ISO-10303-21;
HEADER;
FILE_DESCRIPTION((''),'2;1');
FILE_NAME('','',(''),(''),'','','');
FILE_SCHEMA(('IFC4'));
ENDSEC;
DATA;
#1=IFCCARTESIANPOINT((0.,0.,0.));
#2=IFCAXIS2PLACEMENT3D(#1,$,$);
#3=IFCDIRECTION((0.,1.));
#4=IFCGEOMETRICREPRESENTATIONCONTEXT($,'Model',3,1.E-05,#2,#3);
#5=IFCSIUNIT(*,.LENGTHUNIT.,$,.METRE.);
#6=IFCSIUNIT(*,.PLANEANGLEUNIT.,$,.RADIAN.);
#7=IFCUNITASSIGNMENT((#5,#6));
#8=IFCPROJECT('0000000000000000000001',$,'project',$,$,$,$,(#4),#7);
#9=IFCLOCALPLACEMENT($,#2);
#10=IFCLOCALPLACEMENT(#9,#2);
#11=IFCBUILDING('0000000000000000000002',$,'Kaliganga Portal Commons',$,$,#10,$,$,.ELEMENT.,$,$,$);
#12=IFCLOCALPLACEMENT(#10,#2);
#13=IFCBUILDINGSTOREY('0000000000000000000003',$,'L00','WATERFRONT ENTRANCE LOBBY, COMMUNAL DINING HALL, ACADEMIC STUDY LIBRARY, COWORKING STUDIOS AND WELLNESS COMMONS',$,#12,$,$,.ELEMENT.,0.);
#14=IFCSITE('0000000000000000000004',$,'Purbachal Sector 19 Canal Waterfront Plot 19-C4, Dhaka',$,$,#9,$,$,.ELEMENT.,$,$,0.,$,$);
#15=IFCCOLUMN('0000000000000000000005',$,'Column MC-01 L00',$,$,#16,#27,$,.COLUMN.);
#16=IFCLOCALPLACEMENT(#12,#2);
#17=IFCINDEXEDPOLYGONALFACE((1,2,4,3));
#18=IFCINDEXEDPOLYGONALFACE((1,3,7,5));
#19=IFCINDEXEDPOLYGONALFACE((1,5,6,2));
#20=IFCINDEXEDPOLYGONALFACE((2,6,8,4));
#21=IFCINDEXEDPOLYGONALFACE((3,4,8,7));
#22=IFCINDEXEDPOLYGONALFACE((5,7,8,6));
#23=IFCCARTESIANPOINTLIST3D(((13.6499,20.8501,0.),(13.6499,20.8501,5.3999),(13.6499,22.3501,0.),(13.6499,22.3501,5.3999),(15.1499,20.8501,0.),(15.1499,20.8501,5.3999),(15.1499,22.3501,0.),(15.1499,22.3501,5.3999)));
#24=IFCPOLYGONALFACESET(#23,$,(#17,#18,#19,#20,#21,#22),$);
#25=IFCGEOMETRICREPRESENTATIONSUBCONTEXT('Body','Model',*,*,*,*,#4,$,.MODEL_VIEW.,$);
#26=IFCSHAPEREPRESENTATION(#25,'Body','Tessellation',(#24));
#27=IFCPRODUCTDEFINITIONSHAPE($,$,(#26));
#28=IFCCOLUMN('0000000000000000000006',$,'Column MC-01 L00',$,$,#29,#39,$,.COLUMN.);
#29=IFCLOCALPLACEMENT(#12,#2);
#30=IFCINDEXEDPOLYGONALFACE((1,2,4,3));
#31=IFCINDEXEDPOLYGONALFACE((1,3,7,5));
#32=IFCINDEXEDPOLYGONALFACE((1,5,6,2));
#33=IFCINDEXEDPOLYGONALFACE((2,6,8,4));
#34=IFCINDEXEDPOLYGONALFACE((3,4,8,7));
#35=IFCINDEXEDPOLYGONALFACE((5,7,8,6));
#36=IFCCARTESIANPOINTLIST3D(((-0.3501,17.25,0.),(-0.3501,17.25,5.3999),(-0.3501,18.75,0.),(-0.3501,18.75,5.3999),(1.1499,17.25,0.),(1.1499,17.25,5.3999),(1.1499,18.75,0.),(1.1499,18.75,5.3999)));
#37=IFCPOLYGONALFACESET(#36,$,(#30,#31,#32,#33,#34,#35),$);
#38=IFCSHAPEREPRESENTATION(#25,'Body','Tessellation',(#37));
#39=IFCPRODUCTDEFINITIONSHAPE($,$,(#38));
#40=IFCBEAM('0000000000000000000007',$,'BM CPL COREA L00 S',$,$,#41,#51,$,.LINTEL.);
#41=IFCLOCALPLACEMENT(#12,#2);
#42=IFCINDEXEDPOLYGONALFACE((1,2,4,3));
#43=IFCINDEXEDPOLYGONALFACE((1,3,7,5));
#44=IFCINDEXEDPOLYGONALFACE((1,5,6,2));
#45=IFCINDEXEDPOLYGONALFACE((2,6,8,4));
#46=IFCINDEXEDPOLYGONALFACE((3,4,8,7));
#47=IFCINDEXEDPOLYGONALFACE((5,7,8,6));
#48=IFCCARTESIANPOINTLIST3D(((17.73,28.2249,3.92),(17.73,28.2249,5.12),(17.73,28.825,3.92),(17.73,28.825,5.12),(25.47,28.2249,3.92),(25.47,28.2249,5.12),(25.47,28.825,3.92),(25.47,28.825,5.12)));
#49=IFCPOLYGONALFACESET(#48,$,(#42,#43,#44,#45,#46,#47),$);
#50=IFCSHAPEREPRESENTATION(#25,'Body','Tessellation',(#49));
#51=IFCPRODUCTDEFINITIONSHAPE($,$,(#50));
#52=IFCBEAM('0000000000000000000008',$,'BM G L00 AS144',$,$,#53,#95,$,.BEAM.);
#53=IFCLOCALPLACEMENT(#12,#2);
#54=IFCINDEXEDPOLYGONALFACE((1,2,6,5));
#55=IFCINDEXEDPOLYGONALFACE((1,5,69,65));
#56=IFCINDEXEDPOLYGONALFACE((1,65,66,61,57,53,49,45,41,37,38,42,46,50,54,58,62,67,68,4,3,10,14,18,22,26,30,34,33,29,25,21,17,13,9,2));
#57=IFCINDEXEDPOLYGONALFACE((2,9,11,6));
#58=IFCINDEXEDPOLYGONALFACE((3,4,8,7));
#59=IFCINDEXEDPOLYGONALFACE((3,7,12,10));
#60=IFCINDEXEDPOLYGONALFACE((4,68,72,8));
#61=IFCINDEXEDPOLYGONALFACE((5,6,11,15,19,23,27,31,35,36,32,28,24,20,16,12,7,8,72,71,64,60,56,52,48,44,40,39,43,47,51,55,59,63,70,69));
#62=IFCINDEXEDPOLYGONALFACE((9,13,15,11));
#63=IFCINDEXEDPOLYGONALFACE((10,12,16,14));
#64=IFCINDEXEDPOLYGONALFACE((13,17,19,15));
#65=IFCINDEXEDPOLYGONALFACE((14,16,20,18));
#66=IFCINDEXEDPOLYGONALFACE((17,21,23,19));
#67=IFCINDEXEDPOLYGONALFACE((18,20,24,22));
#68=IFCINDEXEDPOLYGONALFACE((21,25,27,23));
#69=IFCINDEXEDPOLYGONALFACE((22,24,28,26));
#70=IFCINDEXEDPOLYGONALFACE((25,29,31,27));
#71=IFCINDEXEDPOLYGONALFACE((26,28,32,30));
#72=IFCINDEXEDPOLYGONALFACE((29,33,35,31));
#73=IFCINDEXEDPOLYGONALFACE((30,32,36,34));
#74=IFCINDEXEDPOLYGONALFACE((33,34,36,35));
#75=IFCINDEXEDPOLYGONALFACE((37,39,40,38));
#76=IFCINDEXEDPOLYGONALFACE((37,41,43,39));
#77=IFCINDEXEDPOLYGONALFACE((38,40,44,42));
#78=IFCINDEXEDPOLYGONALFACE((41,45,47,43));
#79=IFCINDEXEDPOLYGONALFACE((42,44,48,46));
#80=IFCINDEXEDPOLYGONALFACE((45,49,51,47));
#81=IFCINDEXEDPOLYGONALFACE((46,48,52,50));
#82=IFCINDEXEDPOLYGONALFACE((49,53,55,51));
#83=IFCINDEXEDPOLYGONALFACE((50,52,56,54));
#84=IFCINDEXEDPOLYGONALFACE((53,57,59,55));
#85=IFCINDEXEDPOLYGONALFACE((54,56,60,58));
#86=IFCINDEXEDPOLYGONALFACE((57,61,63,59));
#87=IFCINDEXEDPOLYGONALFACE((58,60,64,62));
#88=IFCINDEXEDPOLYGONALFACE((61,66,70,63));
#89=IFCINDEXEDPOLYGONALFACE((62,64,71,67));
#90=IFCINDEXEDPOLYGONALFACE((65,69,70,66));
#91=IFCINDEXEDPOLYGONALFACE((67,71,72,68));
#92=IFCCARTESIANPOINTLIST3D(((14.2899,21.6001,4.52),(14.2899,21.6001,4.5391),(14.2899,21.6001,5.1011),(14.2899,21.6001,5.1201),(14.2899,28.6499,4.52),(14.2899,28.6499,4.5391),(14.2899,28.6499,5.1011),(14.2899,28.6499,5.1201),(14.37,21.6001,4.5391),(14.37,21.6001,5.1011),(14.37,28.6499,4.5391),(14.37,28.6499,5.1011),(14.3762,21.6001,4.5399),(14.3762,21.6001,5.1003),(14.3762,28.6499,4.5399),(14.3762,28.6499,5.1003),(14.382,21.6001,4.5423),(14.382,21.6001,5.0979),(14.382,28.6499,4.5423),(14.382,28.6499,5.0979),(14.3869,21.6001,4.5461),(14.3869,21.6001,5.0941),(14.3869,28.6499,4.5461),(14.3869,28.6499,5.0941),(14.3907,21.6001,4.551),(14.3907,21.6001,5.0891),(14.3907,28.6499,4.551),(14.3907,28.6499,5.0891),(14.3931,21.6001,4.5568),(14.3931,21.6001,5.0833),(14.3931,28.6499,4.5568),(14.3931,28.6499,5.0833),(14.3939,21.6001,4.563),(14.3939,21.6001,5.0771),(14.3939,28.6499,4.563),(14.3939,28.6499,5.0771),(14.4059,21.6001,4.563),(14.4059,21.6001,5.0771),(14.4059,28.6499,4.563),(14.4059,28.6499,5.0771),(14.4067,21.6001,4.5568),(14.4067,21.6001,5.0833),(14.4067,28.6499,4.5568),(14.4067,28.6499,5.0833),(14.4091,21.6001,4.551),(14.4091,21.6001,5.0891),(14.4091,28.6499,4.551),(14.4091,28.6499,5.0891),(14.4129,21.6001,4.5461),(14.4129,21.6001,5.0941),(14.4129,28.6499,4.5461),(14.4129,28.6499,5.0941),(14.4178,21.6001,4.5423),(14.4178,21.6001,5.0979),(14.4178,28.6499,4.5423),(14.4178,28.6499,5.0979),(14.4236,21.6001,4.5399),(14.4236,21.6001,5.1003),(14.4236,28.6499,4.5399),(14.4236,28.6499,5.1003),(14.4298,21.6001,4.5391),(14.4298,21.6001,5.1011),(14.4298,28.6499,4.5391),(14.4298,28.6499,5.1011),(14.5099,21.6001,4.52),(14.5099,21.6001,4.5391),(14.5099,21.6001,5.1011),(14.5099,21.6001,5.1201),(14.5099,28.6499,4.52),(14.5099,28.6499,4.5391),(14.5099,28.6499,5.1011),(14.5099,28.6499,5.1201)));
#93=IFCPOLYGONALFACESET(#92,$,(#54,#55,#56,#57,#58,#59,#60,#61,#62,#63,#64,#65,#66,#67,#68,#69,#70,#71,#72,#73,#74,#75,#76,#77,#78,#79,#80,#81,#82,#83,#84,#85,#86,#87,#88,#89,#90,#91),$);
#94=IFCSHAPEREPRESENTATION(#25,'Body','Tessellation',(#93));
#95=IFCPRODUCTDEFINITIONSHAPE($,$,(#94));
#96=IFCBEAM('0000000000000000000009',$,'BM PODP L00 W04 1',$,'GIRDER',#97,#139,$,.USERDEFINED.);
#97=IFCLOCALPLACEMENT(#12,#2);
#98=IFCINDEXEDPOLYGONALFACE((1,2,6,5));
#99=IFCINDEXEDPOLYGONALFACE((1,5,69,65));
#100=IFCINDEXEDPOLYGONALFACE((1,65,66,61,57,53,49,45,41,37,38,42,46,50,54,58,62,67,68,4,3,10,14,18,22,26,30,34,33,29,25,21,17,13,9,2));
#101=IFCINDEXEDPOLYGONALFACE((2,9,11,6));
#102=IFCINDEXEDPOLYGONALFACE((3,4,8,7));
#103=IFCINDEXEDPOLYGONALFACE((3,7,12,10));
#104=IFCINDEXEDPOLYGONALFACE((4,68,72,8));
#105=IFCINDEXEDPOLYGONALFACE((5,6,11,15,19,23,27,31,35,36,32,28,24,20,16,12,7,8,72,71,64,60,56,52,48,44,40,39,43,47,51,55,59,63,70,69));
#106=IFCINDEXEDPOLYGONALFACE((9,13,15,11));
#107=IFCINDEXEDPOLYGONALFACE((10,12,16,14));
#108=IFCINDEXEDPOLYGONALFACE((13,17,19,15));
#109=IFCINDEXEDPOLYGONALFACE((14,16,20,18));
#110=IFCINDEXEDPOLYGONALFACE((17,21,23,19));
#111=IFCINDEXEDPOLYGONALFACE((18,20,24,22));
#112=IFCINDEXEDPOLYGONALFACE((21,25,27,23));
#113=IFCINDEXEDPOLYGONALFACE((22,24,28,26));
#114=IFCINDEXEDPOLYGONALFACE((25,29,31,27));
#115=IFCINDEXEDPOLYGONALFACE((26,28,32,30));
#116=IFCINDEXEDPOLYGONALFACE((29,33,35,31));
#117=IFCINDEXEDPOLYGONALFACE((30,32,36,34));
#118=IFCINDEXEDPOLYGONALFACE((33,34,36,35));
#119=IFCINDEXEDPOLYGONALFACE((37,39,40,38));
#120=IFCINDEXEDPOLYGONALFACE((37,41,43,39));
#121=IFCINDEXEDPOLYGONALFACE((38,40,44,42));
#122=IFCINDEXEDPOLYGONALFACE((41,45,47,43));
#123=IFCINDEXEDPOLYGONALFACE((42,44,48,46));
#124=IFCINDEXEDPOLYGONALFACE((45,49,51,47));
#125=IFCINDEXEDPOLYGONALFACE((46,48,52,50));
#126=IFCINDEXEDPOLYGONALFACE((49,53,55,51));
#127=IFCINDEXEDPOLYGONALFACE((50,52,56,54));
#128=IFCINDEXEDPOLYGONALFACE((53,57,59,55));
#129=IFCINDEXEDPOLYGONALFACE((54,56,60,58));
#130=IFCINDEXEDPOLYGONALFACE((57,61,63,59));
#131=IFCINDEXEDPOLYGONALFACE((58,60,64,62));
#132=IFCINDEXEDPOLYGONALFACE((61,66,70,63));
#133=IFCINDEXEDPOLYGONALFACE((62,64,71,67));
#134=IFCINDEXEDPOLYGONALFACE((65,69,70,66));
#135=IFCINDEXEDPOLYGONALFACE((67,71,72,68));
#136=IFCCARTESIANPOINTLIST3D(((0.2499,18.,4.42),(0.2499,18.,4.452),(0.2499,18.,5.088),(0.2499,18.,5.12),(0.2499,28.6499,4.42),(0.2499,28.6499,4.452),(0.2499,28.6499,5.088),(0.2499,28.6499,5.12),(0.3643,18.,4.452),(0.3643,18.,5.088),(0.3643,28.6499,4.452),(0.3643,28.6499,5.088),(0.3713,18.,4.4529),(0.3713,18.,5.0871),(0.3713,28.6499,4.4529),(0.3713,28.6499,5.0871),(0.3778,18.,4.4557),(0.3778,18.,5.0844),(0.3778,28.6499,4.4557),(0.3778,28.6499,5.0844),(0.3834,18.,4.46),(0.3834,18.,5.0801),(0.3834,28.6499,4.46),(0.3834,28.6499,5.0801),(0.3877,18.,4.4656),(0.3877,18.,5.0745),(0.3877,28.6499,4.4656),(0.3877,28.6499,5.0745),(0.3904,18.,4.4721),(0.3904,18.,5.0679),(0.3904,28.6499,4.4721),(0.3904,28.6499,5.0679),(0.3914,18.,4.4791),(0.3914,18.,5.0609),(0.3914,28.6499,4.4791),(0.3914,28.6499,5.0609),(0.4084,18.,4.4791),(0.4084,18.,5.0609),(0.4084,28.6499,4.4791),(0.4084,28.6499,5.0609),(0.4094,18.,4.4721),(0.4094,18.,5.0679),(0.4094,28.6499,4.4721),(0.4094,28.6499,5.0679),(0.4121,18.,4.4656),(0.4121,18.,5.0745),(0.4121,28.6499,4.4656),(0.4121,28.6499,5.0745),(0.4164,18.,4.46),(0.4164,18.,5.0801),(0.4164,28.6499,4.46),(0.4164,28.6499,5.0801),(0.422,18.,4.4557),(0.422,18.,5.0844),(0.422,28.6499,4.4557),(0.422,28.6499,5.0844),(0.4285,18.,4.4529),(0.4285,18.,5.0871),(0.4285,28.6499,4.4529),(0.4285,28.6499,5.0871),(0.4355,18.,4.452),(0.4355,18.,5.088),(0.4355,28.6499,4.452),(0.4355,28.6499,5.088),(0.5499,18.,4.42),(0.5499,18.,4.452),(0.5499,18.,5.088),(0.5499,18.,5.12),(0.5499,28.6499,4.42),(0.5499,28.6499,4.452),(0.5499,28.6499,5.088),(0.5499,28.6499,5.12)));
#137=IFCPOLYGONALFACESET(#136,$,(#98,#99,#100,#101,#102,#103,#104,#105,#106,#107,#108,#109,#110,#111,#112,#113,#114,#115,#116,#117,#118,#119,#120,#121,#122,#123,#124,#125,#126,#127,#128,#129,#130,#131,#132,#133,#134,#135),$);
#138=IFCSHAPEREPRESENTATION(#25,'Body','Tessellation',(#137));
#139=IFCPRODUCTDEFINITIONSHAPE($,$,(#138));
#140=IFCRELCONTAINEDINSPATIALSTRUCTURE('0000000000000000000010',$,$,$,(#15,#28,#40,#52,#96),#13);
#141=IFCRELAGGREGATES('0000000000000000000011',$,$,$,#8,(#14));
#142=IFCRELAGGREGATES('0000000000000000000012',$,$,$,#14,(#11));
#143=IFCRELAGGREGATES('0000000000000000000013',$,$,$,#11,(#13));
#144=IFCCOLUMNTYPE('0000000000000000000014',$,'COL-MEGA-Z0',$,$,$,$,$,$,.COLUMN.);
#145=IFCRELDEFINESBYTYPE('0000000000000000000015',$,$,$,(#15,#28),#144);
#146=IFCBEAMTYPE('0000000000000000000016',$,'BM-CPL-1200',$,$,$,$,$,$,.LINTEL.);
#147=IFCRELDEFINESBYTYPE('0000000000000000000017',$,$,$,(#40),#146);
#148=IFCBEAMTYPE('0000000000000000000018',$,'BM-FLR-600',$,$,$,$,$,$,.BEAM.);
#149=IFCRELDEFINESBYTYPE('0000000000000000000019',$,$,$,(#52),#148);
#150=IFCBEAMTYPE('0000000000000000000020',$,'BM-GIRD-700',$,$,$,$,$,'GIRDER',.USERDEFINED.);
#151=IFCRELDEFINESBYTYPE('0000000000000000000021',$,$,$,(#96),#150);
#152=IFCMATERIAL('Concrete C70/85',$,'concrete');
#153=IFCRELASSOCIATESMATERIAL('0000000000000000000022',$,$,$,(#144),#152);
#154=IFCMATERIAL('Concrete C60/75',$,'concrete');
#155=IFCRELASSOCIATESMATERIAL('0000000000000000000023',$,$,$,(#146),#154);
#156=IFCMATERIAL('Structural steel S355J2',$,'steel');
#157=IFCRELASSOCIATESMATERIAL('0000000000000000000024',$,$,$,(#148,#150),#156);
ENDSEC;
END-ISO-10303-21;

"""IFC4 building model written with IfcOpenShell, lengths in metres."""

from ifc_helpers import new_model, si_unit, direction, frame, origin, origin_2d, place, context, subcontext, project, spatial, rectangle, i_section, extrude, source, transform, mapped, material, material_profile, profile_set, type_object, element, save


model = new_model("IFC4")

# Units and contexts
model_context = context("Model", 3, precision=1e-05, world=origin(), true_north=direction((0.0, 1.0)))
body_context = subcontext(model_context, "Body", "Model", "MODEL_VIEW")
ifc_project = project(units=[si_unit("LENGTHUNIT", "METRE"), si_unit("PLANEANGLEUNIT", "RADIAN")], contexts=[model_context])

# Site, building, storey
site_placement = place(None, origin())
site = spatial("IfcSite", under=ifc_project, at=site_placement, Name="Purbachal Sector 19 Canal Waterfront Plot 19-C4, Dhaka", CompositionType="ELEMENT", RefElevation=0.0)
building_placement = place(site_placement, origin())
building = spatial("IfcBuilding", under=site, at=building_placement, Name="Kaliganga Portal Commons", CompositionType="ELEMENT")
storey_placement = place(building_placement, origin())
storey = spatial("IfcBuildingStorey", under=building, at=storey_placement, Name="L00", Description="WATERFRONT ENTRANCE LOBBY, COMMUNAL DINING HALL, ACADEMIC STUDY LIBRARY, COWORKING STUDIOS AND WELLNESS COMMONS", CompositionType="ELEMENT", Elevation=0.0)

# Columns
ifc_material_1 = material(Name="Concrete C70/85", Category="concrete")
ifc_material_profile_1 = material_profile(ifc_material_1, rectangle(XDim=1.5, YDim=1.5, at=origin_2d()), Name="RC 1500x1500")
ifc_profile_set_1 = profile_set([ifc_material_profile_1], Name="Concrete C70/85")
column_type = type_object("IfcColumnType", Name="COL-MEGA-Z0", PredefinedType="COLUMN", material=ifc_profile_set_1)
shared_shape_1 = source(origin(), body_context, "Body", "SweptSolid", [
    extrude(rectangle(XDim=1.5, YDim=1.5, at=origin_2d()), origin(), (0.0, 0.0, 1.0), 5.3999),
])
for number, where, z_axis, x_axis, name in (
    (1, (14.3999, 21.6001, 0.0), (0.0, 0.0, 1.0), (1.0, 0.0, 0.0), "Column MC-01 L00"),
    (2, (0.3999, 18.0, 0.0), (0.0, 0.0, 1.0), (1.0, 0.0, 0.0), "Column MC-01 L00"),
):
    element("IfcColumn", number, at=place(storey_placement, frame(where, z_axis=z_axis, x_axis=x_axis)), inside=storey, type_object=column_type, Name=name, PredefinedType="COLUMN", context=body_context, shape_type="MappedRepresentation", body=[
        mapped(shared_shape_1, transform((0.0, 0.0, 0.0), x_axis=(1.0, 0.0, 0.0), y_axis=(0.0, 1.0, 0.0), z_axis=(0.0, 0.0, 1.0), scale=1.0)),
    ])

# Beams
ifc_material_2 = material(Name="Concrete C60/75", Category="concrete")
ifc_material_profile_2 = material_profile(ifc_material_2, rectangle(XDim=0.6001, YDim=1.2, at=origin_2d()), Name="RC 600x1200")
ifc_profile_set_2 = profile_set([ifc_material_profile_2], Name="Concrete C60/75")
beam_type_1 = type_object("IfcBeamType", Name="BM-CPL-1200", PredefinedType="LINTEL", material=ifc_profile_set_2)
shared_shape_2 = source(origin(), body_context, "Body", "SweptSolid", [
    extrude(rectangle(XDim=0.6001, YDim=1.2, at=origin_2d()), origin(), (0.0, 0.0, 1.0), 7.74),
])
beam_1_placement = place(storey_placement, frame((17.73, 28.5249, 4.52), z_axis=(1.0, 0.0, 0.0), x_axis=(0.0, 1.0, 0.0)))
element("IfcBeam", 3, at=beam_1_placement, inside=storey, type_object=beam_type_1, Name="BM CPL COREA L00 S", PredefinedType="LINTEL", context=body_context, shape_type="MappedRepresentation", body=[
    mapped(shared_shape_2, transform((0.0, 0.0, 0.0), x_axis=(1.0, 0.0, 0.0), y_axis=(0.0, 1.0, 0.0), z_axis=(0.0, 0.0, 1.0), scale=1.0)),
])
ifc_material_3 = material(Name="Structural steel S355J2", Category="steel")
ifc_material_profile_3 = material_profile(ifc_material_3, i_section(OverallWidth=0.22, OverallDepth=0.6001, WebThickness=0.012, FlangeThickness=0.019, FilletRadius=0.0239, at=origin_2d()), Name="IPE 600")
ifc_profile_set_3 = profile_set([ifc_material_profile_3], Name="Structural steel S355J2 wide-flange")
beam_type_2 = type_object("IfcBeamType", Name="BM-FLR-600", PredefinedType="BEAM", material=ifc_profile_set_3)
shared_shape_3 = source(origin(), body_context, "Body", "SweptSolid", [
    extrude(i_section(OverallWidth=0.22, OverallDepth=0.6001, WebThickness=0.012, FlangeThickness=0.019, FilletRadius=0.0239, at=origin_2d()), origin(), (0.0, 0.0, 1.0), 7.0498),
])
beam_2_placement = place(storey_placement, frame((14.3999, 21.6001, 4.8201), z_axis=(0.0, 1.0, 0.0), x_axis=(-1.0, 0.0, 0.0)))
element("IfcBeam", 4, at=beam_2_placement, inside=storey, type_object=beam_type_2, Name="BM G L00 AS144", PredefinedType="BEAM", context=body_context, shape_type="MappedRepresentation", body=[
    mapped(shared_shape_3, transform((0.0, 0.0, 0.0), x_axis=(1.0, 0.0, 0.0), y_axis=(0.0, 1.0, 0.0), z_axis=(0.0, 0.0, 1.0), scale=1.0)),
])
ifc_material_profile_4 = material_profile(ifc_material_3, i_section(OverallWidth=0.3, OverallDepth=0.7, WebThickness=0.0171, FlangeThickness=0.032, FilletRadius=0.0271, at=origin_2d()), Name="HE 700 B")
ifc_profile_set_4 = profile_set([ifc_material_profile_4], Name="Structural steel S355J2 wide-flange")
beam_type_3 = type_object("IfcBeamType", Name="BM-GIRD-700", ElementType="GIRDER", PredefinedType="USERDEFINED", material=ifc_profile_set_4)
shared_shape_4 = source(origin(), body_context, "Body", "SweptSolid", [
    extrude(i_section(OverallWidth=0.3, OverallDepth=0.7, WebThickness=0.0171, FlangeThickness=0.032, FilletRadius=0.0271, at=origin_2d()), origin(), (0.0, 0.0, 1.0), 10.6499),
])
beam_3_placement = place(storey_placement, frame((0.3999, 18.0, 4.77), z_axis=(0.0, 1.0, 0.0), x_axis=(-1.0, 0.0, 0.0)))
element("IfcBeam", 5, at=beam_3_placement, inside=storey, type_object=beam_type_3, Name="BM PODP L00 W04 1", ObjectType="GIRDER", PredefinedType="USERDEFINED", context=body_context, shape_type="MappedRepresentation", body=[
    mapped(shared_shape_4, transform((0.0, 0.0, 0.0), x_axis=(1.0, 0.0, 0.0), y_axis=(0.0, 1.0, 0.0), z_axis=(0.0, 0.0, 1.0), scale=1.0)),
])

save(model, "model.ifc")
